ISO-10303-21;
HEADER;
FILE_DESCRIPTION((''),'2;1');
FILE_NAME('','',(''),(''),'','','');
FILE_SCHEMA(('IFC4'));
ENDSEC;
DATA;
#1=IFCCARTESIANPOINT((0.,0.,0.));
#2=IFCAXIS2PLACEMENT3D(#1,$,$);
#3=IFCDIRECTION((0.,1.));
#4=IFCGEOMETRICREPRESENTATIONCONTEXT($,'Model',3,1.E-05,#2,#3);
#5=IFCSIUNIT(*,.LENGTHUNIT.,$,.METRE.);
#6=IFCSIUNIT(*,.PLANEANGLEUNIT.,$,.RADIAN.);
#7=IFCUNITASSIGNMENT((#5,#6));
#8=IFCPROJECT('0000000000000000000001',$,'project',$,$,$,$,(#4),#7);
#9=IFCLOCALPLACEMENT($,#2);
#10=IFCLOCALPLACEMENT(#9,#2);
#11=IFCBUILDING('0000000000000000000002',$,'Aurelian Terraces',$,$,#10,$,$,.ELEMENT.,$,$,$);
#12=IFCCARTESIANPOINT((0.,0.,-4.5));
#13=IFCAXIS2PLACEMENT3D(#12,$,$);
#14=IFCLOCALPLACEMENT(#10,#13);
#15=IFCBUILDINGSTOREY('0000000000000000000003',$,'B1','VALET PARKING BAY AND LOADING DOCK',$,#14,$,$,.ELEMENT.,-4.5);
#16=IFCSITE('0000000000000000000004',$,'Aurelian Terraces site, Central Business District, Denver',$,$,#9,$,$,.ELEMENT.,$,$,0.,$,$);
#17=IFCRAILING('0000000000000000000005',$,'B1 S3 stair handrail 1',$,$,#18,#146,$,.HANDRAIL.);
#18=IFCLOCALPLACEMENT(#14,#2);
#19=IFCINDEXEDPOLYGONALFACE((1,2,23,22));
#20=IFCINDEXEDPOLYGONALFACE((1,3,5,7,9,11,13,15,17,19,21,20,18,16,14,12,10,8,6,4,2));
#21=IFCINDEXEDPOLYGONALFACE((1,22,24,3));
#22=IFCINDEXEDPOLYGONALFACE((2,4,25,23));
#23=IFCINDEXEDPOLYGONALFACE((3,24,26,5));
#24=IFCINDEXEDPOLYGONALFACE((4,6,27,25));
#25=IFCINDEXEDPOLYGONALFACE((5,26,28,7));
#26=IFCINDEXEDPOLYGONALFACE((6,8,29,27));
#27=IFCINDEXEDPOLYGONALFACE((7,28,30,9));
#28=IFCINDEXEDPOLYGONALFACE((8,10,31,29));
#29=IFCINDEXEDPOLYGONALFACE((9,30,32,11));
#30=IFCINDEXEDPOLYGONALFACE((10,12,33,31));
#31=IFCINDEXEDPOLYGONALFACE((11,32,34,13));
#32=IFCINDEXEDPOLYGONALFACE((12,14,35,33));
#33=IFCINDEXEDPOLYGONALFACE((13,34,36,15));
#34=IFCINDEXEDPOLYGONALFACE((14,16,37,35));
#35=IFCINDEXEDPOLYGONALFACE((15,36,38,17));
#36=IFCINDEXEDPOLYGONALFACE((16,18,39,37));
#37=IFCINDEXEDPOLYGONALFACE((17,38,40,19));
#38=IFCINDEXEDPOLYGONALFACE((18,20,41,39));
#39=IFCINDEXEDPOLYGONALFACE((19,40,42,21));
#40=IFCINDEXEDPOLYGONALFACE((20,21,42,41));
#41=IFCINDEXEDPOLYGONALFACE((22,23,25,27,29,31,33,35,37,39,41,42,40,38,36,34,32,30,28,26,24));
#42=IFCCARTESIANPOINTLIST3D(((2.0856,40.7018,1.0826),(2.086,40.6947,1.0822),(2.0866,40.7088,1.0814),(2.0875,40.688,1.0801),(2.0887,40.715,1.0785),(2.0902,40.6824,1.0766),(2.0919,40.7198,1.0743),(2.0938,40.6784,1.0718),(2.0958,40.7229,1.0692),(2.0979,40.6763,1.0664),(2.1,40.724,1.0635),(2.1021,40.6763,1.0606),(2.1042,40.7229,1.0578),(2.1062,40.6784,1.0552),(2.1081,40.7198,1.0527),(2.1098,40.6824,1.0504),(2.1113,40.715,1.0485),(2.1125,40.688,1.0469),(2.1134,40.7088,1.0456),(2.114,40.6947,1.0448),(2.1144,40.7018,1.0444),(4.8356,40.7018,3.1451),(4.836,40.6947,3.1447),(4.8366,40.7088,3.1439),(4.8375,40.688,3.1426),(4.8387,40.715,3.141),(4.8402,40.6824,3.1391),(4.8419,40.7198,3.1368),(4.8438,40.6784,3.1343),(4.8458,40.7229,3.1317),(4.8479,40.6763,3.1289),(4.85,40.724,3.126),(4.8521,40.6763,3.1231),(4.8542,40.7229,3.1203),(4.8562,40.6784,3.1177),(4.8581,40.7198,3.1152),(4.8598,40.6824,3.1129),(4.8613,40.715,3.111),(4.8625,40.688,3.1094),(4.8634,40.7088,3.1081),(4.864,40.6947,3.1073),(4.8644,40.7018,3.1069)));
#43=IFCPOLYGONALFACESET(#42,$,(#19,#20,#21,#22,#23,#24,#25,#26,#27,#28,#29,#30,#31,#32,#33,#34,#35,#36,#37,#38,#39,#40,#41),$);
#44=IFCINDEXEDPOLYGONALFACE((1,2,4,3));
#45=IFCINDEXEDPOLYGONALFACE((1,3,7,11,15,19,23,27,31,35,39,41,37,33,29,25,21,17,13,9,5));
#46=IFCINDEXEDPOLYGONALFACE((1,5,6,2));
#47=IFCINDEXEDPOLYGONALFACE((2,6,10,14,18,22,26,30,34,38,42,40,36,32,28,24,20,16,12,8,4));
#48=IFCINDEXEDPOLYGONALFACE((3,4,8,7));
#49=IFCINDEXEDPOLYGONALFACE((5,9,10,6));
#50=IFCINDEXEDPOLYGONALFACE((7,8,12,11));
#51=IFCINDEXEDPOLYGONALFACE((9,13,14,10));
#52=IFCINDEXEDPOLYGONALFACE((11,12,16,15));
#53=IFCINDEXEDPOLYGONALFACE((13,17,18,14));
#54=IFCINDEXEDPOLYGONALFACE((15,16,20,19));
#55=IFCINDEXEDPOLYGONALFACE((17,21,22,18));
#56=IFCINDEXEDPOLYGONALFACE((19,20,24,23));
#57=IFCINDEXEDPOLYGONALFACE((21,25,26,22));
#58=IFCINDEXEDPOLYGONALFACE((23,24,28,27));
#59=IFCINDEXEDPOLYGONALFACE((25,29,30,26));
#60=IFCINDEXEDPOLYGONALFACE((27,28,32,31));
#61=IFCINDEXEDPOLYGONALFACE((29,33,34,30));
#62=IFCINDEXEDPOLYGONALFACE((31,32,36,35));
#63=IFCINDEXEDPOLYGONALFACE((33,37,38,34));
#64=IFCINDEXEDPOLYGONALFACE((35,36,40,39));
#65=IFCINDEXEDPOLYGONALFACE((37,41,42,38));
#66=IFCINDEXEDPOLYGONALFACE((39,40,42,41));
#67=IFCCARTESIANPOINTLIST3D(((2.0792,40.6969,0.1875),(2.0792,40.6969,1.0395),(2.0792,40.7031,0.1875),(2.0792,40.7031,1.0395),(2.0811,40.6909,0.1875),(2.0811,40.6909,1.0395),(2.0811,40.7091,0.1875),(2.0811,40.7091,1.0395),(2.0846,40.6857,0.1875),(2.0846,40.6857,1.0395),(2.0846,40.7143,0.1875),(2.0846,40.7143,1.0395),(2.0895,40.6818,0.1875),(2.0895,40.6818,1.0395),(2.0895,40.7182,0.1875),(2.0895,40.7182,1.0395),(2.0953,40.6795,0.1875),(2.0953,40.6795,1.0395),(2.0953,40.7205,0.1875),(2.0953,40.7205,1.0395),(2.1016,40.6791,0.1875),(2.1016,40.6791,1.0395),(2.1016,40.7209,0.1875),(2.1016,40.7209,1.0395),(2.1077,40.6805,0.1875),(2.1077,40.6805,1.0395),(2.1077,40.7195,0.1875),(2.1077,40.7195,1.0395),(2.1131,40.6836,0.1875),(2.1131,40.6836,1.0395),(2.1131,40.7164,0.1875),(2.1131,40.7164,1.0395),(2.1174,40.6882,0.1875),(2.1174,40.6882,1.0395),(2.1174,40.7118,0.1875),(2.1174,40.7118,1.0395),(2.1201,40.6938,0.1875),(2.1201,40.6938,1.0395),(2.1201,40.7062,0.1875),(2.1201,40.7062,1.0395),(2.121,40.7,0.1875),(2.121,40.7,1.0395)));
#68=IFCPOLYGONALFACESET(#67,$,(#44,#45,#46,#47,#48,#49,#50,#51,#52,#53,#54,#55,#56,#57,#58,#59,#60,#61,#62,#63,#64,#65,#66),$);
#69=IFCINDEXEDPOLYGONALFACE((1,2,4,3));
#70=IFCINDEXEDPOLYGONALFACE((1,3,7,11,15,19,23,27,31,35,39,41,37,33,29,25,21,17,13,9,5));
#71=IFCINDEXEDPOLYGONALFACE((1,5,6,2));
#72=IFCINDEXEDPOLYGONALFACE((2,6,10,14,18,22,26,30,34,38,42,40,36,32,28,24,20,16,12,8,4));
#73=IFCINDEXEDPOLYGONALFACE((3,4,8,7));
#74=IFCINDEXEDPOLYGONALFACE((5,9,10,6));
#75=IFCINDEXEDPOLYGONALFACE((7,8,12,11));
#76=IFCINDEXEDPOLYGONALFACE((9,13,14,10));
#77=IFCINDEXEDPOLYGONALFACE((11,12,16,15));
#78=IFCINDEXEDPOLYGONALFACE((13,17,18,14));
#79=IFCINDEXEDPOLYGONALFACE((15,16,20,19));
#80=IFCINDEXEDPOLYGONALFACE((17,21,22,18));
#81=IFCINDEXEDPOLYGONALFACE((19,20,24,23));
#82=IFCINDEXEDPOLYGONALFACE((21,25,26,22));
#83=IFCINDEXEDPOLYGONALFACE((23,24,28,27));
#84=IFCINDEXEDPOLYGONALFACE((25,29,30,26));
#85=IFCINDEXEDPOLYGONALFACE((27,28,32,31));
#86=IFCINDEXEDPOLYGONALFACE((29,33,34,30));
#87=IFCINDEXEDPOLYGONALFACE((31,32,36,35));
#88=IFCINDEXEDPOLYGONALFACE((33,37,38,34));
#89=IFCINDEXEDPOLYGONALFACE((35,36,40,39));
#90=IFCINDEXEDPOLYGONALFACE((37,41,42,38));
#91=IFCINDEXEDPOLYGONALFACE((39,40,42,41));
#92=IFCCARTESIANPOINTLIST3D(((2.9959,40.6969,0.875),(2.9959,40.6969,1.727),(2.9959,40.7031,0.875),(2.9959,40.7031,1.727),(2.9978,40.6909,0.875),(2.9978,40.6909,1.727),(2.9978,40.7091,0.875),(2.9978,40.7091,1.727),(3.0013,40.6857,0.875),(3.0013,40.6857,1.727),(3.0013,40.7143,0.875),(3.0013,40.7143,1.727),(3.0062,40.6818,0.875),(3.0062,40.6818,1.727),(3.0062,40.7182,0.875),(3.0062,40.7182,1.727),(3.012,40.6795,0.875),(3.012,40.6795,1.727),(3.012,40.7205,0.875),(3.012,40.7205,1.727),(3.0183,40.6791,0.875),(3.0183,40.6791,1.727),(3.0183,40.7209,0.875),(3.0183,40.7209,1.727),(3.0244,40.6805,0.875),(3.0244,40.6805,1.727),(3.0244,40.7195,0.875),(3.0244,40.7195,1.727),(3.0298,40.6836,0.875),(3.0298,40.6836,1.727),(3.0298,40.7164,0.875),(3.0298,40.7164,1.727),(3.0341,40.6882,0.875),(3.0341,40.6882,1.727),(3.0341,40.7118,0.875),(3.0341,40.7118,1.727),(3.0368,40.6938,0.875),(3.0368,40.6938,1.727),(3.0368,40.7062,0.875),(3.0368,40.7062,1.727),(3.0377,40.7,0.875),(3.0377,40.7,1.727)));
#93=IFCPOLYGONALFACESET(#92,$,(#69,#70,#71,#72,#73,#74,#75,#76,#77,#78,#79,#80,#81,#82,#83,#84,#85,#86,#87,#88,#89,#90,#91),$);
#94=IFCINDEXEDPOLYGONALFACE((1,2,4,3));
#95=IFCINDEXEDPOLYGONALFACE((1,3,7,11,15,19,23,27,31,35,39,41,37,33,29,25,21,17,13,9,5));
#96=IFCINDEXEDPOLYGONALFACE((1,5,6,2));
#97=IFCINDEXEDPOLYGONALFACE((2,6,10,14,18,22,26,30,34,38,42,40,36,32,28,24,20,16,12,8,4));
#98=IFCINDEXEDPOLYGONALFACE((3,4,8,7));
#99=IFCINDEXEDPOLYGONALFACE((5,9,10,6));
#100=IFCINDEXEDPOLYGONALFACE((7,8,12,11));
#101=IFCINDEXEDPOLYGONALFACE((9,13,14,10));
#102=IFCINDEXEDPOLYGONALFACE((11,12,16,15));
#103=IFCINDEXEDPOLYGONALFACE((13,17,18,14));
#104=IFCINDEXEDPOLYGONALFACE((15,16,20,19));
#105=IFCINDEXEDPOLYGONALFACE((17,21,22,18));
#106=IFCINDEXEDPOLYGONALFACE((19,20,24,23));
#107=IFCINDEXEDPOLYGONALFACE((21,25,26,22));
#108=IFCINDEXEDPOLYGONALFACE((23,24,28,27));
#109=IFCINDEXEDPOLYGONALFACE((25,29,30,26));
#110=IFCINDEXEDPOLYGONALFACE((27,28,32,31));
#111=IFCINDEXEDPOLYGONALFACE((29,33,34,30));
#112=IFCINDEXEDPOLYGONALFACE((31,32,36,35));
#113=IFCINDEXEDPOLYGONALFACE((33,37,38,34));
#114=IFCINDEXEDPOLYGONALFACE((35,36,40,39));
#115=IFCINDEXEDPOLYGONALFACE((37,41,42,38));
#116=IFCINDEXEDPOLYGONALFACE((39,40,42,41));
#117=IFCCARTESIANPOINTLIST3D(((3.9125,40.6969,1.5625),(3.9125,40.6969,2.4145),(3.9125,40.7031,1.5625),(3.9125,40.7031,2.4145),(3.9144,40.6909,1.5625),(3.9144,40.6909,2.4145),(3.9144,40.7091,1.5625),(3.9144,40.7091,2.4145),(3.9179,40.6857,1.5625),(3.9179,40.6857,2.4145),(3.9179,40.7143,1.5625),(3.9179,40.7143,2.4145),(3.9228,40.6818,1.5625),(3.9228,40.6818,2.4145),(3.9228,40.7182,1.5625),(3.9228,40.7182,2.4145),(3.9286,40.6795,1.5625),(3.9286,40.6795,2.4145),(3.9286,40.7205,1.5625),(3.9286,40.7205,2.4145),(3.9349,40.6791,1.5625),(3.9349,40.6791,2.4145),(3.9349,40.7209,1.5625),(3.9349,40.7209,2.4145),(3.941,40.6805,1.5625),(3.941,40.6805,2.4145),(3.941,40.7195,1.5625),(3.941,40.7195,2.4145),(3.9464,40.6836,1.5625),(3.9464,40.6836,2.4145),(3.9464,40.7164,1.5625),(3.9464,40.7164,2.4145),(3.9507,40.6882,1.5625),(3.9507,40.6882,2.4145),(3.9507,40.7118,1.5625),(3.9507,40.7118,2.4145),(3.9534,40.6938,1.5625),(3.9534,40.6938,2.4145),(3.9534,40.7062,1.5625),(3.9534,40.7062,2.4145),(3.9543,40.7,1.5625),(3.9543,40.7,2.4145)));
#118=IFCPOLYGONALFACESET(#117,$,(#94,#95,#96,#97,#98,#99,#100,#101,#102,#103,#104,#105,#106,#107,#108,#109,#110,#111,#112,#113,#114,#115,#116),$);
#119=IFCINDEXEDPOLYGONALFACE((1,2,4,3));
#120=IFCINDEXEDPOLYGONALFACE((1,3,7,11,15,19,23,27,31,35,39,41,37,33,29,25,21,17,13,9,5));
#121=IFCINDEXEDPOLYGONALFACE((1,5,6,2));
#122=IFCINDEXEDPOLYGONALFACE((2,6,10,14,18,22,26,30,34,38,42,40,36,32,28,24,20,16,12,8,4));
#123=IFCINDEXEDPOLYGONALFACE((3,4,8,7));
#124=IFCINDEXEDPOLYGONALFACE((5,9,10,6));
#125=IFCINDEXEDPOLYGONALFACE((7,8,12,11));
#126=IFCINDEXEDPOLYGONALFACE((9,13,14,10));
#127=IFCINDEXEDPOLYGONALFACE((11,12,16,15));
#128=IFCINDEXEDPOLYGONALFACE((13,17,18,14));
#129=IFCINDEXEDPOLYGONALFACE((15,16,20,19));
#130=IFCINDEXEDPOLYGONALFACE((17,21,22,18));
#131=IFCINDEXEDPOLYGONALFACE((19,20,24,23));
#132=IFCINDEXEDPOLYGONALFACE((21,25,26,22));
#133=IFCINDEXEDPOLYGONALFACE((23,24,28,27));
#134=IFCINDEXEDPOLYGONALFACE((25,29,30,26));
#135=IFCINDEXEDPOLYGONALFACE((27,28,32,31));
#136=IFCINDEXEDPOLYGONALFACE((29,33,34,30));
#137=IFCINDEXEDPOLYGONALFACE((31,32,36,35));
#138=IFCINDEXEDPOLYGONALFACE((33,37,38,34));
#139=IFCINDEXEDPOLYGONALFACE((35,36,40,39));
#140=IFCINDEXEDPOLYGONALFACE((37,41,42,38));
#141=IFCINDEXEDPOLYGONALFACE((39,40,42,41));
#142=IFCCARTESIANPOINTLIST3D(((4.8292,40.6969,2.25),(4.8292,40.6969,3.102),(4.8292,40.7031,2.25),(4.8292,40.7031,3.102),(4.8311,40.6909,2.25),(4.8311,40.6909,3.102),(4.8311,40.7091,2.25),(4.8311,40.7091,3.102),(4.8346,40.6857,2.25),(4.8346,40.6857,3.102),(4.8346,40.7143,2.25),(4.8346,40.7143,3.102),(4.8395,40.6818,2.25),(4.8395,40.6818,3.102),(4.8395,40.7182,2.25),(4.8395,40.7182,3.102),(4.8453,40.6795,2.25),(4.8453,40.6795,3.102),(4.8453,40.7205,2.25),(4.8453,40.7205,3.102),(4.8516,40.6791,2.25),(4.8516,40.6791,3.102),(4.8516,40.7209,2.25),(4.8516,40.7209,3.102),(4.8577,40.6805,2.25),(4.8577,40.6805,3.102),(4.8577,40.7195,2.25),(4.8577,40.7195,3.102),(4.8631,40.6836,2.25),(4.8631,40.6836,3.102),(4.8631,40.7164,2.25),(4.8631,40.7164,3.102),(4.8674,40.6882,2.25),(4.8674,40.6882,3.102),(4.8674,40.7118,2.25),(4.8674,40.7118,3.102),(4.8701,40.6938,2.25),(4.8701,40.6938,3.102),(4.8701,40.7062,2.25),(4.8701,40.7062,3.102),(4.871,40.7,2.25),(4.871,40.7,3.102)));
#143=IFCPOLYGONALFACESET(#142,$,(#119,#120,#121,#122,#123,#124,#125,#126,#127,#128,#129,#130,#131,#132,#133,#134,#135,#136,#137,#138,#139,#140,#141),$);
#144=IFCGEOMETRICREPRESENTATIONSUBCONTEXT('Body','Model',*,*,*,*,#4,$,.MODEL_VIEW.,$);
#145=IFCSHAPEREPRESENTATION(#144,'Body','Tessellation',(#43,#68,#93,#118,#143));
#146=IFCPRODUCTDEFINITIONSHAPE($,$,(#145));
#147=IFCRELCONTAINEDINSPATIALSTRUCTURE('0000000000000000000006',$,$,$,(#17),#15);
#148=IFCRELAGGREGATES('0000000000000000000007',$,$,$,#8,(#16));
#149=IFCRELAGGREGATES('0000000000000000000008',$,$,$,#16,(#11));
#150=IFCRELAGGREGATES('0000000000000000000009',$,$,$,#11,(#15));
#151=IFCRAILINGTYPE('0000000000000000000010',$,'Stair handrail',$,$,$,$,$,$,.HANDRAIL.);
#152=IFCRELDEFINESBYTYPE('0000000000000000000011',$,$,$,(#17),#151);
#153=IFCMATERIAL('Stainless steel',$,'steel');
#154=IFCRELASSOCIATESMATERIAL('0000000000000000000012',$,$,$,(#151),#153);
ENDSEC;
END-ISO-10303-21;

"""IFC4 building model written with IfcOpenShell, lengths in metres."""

from ifc_helpers import new_model, si_unit, direction, frame, origin, origin_2d, place, context, subcontext, project, spatial, circle, extrude, source, transform, mapped, material, type_object, element, save


model = new_model("IFC4")

# Units and contexts
model_context = context("Model", 3, precision=1e-05, world=origin(), true_north=direction((0.0, 1.0)))
body_context = subcontext(model_context, "Body", "Model", "MODEL_VIEW")
ifc_project = project(units=[si_unit("LENGTHUNIT", "METRE"), si_unit("PLANEANGLEUNIT", "RADIAN")], contexts=[model_context])

# Site, building, storey
site_placement = place(None, origin())
site = spatial("IfcSite", under=ifc_project, at=site_placement, Name="Aurelian Terraces site, Central Business District, Denver", CompositionType="ELEMENT", RefElevation=0.0)
building_placement = place(site_placement, origin())
building = spatial("IfcBuilding", under=site, at=building_placement, Name="Aurelian Terraces", CompositionType="ELEMENT")
storey_placement = place(building_placement, frame((0.0, 0.0, -4.5)))
storey = spatial("IfcBuildingStorey", under=building, at=storey_placement, Name="B1", Description="VALET PARKING BAY AND LOADING DOCK", CompositionType="ELEMENT", Elevation=-4.5)

# Railing
ifc_material_1 = material(Name="Stainless steel", Category="steel")
railing_type_1 = type_object("IfcRailingType", Name="Stair handrail", PredefinedType="HANDRAIL", material=ifc_material_1)
shared_shape_1 = source(origin(), body_context, "Body", "SweptSolid", [
    extrude(circle(Radius=0.024, at=origin_2d()), frame((0.0, 0.0, 0.876), z_axis=(0.8, 0.0, 0.6), x_axis=(0.0, 1.0, 0.0)), (0.0, 0.0, 1.0), 3.4375),
    extrude(circle(Radius=0.021, at=origin_2d()), origin(), (0.0, 0.0, 1.0), 0.852),
    extrude(circle(Radius=0.021, at=origin_2d()), frame((0.9167, 0.0, 0.6875)), (0.0, 0.0, 1.0), 0.852),
    extrude(circle(Radius=0.021, at=origin_2d()), frame((1.8333, 0.0, 1.375)), (0.0, 0.0, 1.0), 0.852),
    extrude(circle(Radius=0.021, at=origin_2d()), frame((2.75, 0.0, 2.0625)), (0.0, 0.0, 1.0), 0.852),
])
railing_1_placement = place(storey_placement, frame((2.1, 40.7, 0.1875)))
element("IfcRailing", 1, at=railing_1_placement, inside=storey, type_object=railing_type_1, Name="B1 S3 stair handrail 1", PredefinedType="HANDRAIL", context=body_context, shape_type="MappedRepresentation", body=[
    mapped(shared_shape_1, transform((0.0, 0.0, 0.0), scale=1.0)),
])

save(model, "model.ifc")
